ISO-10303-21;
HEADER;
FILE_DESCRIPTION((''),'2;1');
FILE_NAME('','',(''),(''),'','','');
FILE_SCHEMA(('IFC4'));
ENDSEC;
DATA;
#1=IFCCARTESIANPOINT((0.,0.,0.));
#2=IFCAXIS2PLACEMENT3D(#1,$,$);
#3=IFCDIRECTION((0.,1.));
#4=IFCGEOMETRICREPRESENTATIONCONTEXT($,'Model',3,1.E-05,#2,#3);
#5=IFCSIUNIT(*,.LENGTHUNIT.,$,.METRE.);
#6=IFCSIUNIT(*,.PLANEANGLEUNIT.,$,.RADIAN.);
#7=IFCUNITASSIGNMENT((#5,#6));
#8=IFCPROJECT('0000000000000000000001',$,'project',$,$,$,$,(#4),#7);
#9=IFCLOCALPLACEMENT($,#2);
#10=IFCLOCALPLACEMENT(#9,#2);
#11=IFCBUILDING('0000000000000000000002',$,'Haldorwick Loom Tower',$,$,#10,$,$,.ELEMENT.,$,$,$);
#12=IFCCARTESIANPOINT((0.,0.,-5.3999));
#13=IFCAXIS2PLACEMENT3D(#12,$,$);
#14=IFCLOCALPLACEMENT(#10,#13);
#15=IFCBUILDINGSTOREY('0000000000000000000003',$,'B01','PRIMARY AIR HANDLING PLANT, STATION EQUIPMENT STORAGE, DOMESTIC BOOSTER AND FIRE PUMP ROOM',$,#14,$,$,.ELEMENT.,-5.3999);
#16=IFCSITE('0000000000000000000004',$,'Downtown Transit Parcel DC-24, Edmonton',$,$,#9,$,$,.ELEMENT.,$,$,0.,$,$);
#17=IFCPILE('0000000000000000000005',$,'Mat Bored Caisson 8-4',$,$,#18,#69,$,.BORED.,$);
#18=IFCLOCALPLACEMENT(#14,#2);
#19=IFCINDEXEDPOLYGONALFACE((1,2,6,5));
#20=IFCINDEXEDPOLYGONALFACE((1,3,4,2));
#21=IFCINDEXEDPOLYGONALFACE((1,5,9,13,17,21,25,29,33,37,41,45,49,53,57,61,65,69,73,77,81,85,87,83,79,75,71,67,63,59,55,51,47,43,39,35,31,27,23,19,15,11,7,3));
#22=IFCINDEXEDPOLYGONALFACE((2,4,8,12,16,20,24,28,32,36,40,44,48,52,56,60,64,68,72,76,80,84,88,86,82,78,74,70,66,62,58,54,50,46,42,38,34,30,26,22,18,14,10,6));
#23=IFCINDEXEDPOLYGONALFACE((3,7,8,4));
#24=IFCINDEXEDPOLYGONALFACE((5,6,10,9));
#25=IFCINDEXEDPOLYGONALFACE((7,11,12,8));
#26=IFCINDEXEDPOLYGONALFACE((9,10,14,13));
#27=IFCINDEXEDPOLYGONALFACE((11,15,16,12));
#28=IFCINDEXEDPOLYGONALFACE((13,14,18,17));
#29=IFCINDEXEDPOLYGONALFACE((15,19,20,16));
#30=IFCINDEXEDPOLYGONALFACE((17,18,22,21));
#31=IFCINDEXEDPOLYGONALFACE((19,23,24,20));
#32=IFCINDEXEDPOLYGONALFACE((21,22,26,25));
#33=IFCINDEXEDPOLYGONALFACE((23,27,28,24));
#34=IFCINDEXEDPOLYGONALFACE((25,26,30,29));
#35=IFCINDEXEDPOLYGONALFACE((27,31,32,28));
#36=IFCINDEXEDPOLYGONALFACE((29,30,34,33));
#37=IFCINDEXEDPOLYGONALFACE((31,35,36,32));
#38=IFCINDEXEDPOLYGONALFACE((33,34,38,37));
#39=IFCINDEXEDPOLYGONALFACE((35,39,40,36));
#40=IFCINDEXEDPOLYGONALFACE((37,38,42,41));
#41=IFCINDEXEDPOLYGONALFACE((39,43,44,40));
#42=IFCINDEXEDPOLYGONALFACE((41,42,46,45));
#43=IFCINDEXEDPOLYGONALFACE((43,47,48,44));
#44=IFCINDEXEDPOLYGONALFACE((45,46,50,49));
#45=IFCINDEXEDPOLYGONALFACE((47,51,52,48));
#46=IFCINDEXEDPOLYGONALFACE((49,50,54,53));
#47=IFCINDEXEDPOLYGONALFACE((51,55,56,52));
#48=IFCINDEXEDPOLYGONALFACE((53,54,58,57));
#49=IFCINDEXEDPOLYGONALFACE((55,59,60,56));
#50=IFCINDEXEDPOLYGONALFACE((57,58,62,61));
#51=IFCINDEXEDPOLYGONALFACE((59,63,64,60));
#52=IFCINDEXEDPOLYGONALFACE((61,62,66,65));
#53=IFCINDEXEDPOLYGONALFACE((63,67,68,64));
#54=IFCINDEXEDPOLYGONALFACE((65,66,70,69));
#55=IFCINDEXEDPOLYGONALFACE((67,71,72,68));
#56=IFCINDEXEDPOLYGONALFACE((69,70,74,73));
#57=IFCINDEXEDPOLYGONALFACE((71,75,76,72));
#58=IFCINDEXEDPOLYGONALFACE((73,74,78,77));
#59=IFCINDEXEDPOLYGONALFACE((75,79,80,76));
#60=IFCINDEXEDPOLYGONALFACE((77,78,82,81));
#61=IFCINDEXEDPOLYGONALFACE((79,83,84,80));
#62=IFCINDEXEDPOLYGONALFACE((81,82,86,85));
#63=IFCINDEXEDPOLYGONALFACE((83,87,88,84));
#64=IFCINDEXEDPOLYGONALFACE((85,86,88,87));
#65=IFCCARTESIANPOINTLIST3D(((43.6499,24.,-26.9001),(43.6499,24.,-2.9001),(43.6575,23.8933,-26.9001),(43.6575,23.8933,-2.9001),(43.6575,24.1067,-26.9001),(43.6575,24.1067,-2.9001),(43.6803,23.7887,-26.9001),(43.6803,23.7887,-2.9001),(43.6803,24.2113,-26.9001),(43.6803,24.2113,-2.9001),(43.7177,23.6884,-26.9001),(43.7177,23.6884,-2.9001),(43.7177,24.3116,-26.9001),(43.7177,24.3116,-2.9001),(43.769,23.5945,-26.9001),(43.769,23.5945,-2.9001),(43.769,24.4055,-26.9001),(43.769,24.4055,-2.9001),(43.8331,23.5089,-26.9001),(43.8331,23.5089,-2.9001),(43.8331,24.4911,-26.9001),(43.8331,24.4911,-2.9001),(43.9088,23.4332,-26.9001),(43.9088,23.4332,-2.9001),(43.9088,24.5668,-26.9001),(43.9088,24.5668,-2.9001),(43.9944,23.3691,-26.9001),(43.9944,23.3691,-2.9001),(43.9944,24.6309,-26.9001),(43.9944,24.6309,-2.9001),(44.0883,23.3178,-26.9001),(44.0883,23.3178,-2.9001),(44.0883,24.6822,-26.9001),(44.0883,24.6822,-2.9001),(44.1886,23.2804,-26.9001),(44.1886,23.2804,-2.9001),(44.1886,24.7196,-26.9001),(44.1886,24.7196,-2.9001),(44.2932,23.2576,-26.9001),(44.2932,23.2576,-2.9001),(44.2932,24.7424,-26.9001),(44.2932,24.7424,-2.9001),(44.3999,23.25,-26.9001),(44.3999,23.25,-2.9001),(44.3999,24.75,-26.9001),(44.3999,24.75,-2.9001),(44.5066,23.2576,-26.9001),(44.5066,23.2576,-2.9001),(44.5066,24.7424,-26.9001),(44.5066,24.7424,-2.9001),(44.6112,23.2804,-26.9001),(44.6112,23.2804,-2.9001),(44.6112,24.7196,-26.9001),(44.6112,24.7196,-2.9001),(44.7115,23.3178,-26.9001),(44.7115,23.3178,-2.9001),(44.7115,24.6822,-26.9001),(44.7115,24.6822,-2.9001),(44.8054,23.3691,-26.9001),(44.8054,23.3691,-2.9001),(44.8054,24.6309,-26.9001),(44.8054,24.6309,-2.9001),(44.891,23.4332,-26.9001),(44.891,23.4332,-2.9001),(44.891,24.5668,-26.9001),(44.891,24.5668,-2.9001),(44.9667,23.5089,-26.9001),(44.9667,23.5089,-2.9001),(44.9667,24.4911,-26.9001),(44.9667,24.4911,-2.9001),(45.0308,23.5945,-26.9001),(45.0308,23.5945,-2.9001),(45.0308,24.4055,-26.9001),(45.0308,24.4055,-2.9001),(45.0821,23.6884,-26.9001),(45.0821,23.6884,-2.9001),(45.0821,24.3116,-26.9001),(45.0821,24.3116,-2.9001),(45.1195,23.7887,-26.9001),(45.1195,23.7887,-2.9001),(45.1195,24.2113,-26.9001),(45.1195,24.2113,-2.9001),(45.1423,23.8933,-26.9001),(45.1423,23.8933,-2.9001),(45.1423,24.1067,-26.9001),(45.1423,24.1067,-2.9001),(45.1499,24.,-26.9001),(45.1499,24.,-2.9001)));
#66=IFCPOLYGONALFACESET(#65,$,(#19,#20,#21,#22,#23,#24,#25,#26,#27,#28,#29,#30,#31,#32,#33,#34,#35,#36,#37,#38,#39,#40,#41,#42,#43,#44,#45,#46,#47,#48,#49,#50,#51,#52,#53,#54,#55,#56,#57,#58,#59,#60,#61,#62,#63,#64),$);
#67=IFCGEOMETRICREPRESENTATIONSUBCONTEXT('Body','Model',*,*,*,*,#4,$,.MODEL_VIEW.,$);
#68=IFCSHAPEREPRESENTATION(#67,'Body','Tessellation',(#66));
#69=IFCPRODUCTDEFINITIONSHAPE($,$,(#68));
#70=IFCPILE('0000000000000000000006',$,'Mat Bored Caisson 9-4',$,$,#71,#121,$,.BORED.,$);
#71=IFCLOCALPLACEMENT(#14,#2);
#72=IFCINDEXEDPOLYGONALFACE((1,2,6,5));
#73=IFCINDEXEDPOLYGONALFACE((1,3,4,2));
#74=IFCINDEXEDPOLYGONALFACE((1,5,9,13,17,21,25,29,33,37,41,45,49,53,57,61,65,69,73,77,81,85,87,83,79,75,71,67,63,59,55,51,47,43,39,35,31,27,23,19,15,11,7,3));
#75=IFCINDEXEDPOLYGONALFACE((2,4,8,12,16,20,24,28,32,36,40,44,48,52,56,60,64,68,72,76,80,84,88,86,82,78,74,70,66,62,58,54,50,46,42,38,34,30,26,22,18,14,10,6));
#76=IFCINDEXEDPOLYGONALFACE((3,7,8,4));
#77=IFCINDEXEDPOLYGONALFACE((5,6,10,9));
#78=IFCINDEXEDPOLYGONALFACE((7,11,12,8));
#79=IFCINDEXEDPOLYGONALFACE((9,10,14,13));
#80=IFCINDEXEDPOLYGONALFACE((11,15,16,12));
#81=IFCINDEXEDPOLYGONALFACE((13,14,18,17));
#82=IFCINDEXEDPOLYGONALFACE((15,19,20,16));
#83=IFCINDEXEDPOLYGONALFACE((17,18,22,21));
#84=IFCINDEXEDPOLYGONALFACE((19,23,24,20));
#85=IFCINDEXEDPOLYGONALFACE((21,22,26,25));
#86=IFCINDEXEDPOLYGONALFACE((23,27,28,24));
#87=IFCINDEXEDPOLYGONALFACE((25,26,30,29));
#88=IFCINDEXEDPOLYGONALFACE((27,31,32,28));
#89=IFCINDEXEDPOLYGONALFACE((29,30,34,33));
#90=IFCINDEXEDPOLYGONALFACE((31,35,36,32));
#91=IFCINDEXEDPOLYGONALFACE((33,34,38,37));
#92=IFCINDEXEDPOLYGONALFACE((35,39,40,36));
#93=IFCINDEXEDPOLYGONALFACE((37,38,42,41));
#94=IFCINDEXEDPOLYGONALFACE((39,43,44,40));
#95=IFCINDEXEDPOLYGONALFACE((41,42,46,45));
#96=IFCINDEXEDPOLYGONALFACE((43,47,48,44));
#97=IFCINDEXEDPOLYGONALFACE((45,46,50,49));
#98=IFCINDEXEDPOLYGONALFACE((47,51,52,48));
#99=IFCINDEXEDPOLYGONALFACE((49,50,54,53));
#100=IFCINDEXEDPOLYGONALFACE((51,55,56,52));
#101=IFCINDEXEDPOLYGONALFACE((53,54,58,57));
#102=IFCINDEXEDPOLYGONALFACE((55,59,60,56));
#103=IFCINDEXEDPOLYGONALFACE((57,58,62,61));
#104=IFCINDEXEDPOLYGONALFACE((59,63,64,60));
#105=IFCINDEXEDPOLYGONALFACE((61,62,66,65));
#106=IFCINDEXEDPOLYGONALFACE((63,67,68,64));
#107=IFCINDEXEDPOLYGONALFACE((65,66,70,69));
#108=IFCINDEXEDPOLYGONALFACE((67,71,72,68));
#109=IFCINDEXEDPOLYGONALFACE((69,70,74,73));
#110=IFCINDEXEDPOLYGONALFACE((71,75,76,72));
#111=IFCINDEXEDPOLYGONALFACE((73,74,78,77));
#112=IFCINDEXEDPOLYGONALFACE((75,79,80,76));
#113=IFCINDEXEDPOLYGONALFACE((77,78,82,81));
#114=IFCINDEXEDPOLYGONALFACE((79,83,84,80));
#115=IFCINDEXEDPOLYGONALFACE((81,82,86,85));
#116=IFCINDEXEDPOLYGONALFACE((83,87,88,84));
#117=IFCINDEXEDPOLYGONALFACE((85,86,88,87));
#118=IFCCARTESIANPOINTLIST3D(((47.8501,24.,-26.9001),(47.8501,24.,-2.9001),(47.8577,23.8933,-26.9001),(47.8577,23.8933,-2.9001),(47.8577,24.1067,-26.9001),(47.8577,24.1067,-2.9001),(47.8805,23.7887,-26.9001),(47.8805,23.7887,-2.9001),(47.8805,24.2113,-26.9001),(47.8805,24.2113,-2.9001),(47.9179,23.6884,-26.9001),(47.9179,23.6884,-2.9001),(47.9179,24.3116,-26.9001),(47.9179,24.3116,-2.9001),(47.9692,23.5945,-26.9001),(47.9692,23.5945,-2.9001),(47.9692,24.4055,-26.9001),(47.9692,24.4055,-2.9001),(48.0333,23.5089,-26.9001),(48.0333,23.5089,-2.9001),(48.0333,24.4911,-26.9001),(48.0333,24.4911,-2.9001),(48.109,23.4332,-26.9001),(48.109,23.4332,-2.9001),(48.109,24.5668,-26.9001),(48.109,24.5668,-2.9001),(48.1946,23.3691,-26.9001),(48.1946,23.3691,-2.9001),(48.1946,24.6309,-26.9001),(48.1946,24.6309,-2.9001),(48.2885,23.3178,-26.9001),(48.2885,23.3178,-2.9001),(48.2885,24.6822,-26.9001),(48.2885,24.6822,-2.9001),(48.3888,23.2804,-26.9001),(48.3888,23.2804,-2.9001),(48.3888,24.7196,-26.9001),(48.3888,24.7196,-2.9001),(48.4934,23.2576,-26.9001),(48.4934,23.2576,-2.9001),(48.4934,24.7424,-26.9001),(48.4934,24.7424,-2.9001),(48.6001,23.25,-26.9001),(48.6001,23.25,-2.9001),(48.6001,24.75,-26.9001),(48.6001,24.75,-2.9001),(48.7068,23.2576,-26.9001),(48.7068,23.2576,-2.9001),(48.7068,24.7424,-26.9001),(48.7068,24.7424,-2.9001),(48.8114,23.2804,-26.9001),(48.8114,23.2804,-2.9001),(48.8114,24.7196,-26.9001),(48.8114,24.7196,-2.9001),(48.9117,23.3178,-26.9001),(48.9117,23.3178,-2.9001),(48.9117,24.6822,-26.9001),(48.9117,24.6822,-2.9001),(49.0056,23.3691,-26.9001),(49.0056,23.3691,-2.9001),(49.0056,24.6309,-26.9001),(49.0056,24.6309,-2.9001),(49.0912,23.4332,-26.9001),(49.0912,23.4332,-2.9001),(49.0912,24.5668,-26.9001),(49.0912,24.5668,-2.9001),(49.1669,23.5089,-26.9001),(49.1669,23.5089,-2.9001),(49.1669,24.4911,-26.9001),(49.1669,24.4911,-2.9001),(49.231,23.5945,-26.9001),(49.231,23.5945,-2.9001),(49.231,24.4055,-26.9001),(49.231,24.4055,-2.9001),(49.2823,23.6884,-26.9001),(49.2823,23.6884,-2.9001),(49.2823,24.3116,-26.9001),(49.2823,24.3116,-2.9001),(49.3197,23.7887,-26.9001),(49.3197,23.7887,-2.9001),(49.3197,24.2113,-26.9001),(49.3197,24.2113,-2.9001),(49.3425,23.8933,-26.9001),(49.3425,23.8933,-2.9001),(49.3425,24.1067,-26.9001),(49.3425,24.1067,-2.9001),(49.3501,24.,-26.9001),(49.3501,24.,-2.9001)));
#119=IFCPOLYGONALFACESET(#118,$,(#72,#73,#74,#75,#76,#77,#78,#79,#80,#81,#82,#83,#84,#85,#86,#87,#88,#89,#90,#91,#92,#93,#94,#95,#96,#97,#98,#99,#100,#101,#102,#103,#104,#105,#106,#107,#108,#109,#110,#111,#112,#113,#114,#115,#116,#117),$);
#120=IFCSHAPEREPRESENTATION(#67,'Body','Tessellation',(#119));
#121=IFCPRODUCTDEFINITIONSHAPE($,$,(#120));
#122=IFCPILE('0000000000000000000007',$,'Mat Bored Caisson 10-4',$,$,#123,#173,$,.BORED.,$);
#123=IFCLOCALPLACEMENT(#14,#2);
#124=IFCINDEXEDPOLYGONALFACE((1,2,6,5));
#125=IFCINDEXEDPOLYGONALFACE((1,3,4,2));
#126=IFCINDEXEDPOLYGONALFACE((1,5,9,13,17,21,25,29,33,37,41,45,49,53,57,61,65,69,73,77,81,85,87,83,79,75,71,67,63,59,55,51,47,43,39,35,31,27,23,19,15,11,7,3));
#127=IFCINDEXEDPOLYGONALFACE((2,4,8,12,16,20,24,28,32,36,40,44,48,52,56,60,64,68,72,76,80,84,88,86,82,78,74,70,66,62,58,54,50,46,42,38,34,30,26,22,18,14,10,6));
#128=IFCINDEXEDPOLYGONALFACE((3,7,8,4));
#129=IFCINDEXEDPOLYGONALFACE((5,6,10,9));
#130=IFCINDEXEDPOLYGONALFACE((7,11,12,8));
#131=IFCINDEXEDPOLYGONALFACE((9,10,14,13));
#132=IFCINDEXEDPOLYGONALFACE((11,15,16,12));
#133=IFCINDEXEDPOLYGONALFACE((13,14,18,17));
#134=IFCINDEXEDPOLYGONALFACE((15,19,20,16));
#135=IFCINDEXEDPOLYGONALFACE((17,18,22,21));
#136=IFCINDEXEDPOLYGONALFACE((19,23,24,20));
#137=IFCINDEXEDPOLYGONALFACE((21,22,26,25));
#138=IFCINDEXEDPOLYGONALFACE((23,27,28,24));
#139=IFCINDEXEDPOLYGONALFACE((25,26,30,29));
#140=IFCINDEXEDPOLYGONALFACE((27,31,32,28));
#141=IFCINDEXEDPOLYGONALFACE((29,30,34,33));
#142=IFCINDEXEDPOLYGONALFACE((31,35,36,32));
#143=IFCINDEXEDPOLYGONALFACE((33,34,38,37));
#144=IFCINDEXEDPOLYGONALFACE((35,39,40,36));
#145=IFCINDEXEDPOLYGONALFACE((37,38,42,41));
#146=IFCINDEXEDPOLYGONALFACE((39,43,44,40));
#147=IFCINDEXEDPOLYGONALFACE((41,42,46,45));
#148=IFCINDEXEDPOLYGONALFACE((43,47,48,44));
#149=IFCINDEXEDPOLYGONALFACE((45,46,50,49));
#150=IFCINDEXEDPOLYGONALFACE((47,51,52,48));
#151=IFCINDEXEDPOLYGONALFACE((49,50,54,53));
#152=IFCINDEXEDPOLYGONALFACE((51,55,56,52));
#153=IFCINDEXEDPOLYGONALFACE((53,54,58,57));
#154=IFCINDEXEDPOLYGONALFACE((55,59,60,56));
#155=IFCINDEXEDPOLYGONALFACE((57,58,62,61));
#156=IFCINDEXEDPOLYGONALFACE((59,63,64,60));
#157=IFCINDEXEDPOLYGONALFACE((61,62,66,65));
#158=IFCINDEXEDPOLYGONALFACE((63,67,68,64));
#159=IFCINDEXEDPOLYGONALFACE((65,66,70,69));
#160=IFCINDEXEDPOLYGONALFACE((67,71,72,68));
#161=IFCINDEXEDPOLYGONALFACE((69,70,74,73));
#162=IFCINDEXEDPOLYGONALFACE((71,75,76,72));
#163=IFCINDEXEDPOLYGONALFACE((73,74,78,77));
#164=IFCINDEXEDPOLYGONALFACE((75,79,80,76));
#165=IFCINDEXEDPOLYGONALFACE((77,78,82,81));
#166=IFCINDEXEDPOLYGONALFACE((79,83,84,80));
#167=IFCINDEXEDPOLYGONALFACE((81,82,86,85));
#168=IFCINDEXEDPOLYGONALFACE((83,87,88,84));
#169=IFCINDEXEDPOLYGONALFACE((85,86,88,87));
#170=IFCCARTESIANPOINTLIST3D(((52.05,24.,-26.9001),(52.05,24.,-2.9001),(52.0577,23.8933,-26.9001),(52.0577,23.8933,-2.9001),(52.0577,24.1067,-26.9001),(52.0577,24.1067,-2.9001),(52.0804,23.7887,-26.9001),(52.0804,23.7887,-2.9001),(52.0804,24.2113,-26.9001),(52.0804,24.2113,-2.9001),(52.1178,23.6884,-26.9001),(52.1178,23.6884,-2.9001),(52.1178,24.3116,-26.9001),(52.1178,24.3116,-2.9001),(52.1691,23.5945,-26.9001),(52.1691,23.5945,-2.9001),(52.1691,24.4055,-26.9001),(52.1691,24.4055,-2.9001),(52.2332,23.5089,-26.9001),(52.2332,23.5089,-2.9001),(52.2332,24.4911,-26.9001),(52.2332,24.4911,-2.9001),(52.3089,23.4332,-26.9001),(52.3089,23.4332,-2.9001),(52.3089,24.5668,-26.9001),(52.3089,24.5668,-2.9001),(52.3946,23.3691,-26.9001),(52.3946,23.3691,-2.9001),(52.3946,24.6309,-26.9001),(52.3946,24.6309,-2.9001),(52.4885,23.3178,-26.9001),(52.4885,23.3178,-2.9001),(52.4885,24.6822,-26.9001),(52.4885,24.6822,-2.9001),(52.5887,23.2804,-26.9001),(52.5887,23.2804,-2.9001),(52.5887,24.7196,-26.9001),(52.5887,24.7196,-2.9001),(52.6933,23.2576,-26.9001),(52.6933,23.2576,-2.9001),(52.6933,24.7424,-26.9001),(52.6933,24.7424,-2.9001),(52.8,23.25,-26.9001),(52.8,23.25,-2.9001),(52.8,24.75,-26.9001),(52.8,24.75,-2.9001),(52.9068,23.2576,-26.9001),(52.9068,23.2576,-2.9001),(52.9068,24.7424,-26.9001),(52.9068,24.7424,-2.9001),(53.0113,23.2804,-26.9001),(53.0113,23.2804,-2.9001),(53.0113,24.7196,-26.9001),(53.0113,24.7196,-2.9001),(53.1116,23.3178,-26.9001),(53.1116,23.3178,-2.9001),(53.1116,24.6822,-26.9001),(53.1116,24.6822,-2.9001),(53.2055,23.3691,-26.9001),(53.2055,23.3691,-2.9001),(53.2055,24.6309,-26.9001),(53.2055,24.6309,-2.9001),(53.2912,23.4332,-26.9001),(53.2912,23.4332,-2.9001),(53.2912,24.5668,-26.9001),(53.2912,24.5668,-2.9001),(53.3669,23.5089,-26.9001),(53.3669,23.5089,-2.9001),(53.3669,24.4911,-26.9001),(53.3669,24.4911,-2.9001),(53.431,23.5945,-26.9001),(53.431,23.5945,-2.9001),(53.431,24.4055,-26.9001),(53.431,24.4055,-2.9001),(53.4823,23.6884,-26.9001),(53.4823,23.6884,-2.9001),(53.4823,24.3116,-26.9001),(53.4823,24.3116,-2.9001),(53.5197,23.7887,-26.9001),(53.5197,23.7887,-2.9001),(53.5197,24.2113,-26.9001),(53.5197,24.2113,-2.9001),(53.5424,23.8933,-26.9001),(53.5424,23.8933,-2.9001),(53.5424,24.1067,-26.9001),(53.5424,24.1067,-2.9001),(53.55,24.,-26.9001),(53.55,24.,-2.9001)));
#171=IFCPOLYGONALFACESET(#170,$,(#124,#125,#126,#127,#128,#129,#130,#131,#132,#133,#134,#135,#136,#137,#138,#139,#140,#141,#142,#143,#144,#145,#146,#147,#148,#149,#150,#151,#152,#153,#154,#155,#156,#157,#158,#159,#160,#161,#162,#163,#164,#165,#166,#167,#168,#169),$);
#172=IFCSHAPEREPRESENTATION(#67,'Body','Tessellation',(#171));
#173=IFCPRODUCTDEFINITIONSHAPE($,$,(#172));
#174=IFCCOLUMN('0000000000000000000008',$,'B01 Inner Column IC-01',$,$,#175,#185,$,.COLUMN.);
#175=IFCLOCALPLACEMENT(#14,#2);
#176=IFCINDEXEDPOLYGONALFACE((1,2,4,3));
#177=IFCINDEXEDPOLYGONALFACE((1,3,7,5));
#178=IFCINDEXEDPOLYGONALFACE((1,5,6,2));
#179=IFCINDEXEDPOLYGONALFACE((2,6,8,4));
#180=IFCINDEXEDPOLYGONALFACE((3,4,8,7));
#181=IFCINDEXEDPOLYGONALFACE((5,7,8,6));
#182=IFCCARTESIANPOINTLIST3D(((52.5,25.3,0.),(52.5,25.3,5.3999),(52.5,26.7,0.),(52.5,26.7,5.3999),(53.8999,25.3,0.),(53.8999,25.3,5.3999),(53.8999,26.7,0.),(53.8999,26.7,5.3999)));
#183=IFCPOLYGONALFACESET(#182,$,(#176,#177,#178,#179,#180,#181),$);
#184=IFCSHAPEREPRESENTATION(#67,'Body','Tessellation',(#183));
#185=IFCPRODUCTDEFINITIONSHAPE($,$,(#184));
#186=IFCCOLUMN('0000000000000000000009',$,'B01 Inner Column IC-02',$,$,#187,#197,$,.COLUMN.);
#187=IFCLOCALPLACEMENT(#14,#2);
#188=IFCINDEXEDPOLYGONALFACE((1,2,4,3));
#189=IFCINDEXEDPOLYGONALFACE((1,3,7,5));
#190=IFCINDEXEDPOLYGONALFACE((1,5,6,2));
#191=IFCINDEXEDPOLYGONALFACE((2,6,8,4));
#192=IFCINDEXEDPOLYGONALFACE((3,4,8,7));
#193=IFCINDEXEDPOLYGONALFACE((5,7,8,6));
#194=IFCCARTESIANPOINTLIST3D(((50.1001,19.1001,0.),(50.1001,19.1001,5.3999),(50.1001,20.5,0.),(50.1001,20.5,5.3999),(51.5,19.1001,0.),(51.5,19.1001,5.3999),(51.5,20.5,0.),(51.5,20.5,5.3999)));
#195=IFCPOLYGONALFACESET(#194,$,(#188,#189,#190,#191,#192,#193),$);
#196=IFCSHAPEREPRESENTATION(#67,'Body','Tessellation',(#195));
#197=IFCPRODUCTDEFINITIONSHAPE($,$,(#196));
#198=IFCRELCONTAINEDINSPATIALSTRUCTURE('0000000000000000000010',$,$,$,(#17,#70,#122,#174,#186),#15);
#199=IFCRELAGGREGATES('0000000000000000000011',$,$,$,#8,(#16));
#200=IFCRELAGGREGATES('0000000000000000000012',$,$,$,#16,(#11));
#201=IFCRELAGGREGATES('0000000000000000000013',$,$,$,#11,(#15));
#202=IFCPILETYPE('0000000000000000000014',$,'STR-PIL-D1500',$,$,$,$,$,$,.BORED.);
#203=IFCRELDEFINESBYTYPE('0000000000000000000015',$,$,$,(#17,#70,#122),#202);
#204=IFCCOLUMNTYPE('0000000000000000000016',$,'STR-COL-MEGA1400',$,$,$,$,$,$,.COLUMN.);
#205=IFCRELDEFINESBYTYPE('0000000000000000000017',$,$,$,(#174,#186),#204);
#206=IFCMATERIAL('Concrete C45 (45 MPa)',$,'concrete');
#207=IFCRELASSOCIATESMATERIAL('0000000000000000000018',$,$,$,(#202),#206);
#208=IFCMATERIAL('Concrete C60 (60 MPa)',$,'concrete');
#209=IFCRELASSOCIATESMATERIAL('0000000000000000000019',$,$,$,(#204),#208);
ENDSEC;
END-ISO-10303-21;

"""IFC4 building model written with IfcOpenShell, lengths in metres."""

from ifc_helpers import new_model, si_unit, direction, frame, origin, origin_2d, place, context, subcontext, project, spatial, rectangle, circle, extrude, material, material_profile, profile_set, type_object, element, save


model = new_model("IFC4")

# Units and contexts
model_context = context("Model", 3, precision=1e-05, world=origin(), true_north=direction((0.0, 1.0)))
body_context = subcontext(model_context, "Body", "Model", "MODEL_VIEW")
ifc_project = project(units=[si_unit("LENGTHUNIT", "METRE"), si_unit("PLANEANGLEUNIT", "RADIAN")], contexts=[model_context])

# Site, building, storey
site_placement = place(None, origin())
site = spatial("IfcSite", under=ifc_project, at=site_placement, Name="Downtown Transit Parcel DC-24, Edmonton", CompositionType="ELEMENT", RefElevation=0.0)
building_placement = place(site_placement, origin())
building = spatial("IfcBuilding", under=site, at=building_placement, Name="Haldorwick Loom Tower", CompositionType="ELEMENT")
storey_placement = place(building_placement, frame((0.0, 0.0, -5.3999)))
storey = spatial("IfcBuildingStorey", under=building, at=storey_placement, Name="B01", Description="PRIMARY AIR HANDLING PLANT, STATION EQUIPMENT STORAGE, DOMESTIC BOOSTER AND FIRE PUMP ROOM", CompositionType="ELEMENT", Elevation=-5.3999)

# Piles
ifc_material_1 = material(Name="Concrete C45 (45 MPa)", Category="concrete")
ifc_material_profile_1 = material_profile(ifc_material_1, circle(Radius=0.75, at=origin_2d()), Name="CAISSON_D1500", Category="concrete")
ifc_profile_set_1 = profile_set([ifc_material_profile_1], Name="Concrete C45 (45 MPa)")
pile_type_1 = type_object("IfcPileType", Name="STR-PIL-D1500", PredefinedType="BORED", material=ifc_profile_set_1)
for number, where, z_axis, x_axis, name in (
    (1, (44.3999, 24.0, -2.9001), (0.0, 0.0, -1.0), (1.0, 0.0, 0.0), "Mat Bored Caisson 8-4"),
    (2, (48.6001, 24.0, -2.9001), (0.0, 0.0, -1.0), (1.0, 0.0, 0.0), "Mat Bored Caisson 9-4"),
    (3, (52.8, 24.0, -2.9001), (0.0, 0.0, -1.0), (1.0, 0.0, 0.0), "Mat Bored Caisson 10-4"),
):
    element("IfcPile", number, at=place(storey_placement, frame(where, z_axis=z_axis, x_axis=x_axis)), inside=storey, type_object=pile_type_1, Name=name, PredefinedType="BORED", context=body_context, shape_type="SweptSolid", body=[
        extrude(circle(Radius=0.75, at=origin_2d()), origin(), (0.0, 0.0, 1.0), 24.0),
    ])

# Columns
ifc_material_2 = material(Name="Concrete C60 (60 MPa)", Category="concrete")
ifc_material_profile_2 = material_profile(ifc_material_2, rectangle(XDim=1.3999, YDim=1.3999, at=origin_2d()), Name="RC1400X1400", Category="concrete")
ifc_profile_set_2 = profile_set([ifc_material_profile_2], Name="Concrete C60 (60 MPa)")
column_type_1 = type_object("IfcColumnType", Name="STR-COL-MEGA1400", PredefinedType="COLUMN", material=ifc_profile_set_2)
for number, where, z_axis, x_axis, name in (
    (4, (53.2, 26.0, 0.0), (0.0, 0.0, 1.0), (1.0, 0.0, 0.0), "B01 Inner Column IC-01"),
    (5, (50.8, 19.8, 0.0), (0.0, 0.0, 1.0), (1.0, 0.0, 0.0), "B01 Inner Column IC-02"),
):
    element("IfcColumn", number, at=place(storey_placement, frame(where, z_axis=z_axis, x_axis=x_axis)), inside=storey, type_object=column_type_1, Name=name, PredefinedType="COLUMN", context=body_context, shape_type="SweptSolid", body=[
        extrude(rectangle(XDim=1.3999, YDim=1.3999, at=origin_2d()), origin(), (0.0, 0.0, 1.0), 5.3999),
    ])

save(model, "model.ifc")
